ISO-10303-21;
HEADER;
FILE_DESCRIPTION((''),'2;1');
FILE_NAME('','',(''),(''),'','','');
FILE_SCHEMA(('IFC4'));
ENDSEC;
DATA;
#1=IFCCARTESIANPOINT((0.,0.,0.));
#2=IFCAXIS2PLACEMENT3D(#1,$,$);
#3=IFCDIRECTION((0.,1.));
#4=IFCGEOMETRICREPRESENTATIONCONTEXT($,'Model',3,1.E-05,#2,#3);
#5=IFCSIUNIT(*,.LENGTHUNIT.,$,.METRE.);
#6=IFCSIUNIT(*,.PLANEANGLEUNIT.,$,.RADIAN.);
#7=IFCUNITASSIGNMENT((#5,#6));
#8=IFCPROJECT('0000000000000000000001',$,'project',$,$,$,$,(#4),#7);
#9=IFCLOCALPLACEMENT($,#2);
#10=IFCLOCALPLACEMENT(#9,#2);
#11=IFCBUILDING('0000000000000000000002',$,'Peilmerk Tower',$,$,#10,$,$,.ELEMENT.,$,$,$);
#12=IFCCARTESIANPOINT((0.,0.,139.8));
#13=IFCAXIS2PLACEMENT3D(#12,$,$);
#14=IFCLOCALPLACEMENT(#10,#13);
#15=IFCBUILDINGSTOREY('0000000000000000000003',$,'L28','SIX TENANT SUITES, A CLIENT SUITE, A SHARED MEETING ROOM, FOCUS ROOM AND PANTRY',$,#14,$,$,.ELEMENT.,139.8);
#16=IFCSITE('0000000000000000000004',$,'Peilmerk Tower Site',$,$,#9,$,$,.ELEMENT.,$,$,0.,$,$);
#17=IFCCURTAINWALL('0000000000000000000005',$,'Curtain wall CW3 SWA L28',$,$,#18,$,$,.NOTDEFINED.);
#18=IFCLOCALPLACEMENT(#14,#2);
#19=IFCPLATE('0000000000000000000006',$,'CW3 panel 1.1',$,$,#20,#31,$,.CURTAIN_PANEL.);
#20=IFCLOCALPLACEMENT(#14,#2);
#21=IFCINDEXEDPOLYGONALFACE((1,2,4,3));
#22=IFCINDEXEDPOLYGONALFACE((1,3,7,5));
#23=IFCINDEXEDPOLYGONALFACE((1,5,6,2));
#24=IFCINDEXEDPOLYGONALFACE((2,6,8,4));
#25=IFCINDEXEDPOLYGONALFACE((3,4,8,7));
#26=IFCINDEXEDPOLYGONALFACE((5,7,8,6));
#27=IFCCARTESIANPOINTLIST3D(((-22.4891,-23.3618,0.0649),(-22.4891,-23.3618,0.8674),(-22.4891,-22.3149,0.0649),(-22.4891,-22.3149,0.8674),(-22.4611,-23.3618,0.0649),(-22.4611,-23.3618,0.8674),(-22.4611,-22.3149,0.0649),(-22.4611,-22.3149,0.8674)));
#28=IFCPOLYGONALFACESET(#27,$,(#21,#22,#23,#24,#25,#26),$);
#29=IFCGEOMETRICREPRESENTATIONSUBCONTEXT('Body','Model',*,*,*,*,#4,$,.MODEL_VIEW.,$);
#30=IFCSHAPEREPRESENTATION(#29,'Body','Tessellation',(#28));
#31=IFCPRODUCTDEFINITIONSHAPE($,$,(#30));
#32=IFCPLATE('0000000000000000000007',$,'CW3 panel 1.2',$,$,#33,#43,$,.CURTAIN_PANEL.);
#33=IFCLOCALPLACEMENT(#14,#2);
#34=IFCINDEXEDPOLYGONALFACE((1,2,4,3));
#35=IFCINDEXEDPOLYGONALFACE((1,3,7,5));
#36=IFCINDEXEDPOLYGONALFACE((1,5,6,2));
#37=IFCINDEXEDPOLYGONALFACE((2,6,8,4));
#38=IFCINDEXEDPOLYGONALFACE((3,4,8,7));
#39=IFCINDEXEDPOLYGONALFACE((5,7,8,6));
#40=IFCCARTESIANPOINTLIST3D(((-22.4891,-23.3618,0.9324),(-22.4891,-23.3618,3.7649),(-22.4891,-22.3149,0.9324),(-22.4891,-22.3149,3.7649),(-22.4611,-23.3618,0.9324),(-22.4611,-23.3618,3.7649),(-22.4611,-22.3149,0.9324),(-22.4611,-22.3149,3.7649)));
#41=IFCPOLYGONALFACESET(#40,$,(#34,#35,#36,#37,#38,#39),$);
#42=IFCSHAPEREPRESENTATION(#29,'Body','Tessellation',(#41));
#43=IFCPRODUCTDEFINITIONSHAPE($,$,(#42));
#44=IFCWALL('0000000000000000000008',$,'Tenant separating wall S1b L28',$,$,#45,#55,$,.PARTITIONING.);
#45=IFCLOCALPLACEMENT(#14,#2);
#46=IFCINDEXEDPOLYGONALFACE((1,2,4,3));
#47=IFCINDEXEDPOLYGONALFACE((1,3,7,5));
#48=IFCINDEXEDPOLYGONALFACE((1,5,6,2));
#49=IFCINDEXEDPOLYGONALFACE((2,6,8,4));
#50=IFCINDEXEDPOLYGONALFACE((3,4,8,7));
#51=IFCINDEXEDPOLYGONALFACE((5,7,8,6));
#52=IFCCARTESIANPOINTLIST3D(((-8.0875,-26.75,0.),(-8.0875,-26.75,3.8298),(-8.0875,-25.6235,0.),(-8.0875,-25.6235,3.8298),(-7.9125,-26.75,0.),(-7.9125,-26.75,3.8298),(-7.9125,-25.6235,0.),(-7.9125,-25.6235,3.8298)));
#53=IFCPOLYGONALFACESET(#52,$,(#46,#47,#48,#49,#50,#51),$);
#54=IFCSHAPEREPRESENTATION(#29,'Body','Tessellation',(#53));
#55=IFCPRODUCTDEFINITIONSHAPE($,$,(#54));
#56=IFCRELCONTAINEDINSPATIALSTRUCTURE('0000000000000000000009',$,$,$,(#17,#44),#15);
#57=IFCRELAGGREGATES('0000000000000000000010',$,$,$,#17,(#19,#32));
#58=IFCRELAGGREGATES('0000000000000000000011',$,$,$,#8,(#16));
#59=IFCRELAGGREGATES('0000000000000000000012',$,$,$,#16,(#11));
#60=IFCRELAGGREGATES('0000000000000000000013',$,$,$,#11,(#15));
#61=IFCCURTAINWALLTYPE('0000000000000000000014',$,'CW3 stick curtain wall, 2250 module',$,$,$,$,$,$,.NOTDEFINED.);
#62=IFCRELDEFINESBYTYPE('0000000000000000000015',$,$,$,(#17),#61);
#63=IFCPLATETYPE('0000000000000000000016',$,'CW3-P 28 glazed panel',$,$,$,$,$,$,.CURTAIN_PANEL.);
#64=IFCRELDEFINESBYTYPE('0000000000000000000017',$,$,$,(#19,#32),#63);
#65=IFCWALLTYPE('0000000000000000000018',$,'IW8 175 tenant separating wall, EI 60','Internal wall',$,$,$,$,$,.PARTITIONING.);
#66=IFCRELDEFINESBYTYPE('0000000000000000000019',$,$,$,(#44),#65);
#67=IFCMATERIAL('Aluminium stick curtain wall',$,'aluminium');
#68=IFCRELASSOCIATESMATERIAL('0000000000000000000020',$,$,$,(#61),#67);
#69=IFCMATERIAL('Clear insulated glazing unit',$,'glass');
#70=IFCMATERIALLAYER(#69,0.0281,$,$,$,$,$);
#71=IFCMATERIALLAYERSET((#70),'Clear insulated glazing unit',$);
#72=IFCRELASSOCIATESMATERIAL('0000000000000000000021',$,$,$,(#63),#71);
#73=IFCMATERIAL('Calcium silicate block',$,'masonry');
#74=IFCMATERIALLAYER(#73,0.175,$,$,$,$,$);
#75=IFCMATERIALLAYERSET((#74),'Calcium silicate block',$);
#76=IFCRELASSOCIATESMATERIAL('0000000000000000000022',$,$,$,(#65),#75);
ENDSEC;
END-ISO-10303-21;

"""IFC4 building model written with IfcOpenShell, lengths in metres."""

from ifc_helpers import new_model, si_unit, direction, frame, frame_2d, origin, origin_2d, place, context, subcontext, project, spatial, rectangle, extrude, material, layer, layer_set, type_object, element, aggregate, save


model = new_model("IFC4")

# Units and contexts
model_context = context("Model", 3, precision=1e-05, world=origin(), true_north=direction((0.0, 1.0)))
body_context = subcontext(model_context, "Body", "Model", "MODEL_VIEW")
ifc_project = project(units=[si_unit("LENGTHUNIT", "METRE"), si_unit("PLANEANGLEUNIT", "RADIAN")], contexts=[model_context])

# Site, building, storey
site_placement = place(None, origin())
site = spatial("IfcSite", under=ifc_project, at=site_placement, Name="Peilmerk Tower Site", CompositionType="ELEMENT", RefElevation=0.0)
building_placement = place(site_placement, origin())
building = spatial("IfcBuilding", under=site, at=building_placement, Name="Peilmerk Tower", CompositionType="ELEMENT")
storey_placement = place(building_placement, frame((0.0, 0.0, 139.8)))
storey = spatial("IfcBuildingStorey", under=building, at=storey_placement, Name="L28", Description="SIX TENANT SUITES, A CLIENT SUITE, A SHARED MEETING ROOM, FOCUS ROOM AND PANTRY", CompositionType="ELEMENT", Elevation=139.8)

# Curtain wall, plates
ifc_material_1 = material(Name="Aluminium stick curtain wall", Category="aluminium")
curtain_wall_type = type_object("IfcCurtainWallType", Name="CW3 stick curtain wall, 2250 module", PredefinedType="NOTDEFINED", material=ifc_material_1)
curtain_wall_placement = place(storey_placement, origin())
curtain_wall = element("IfcCurtainWall", 1, at=curtain_wall_placement, inside=storey, type_object=curtain_wall_type, Name="Curtain wall CW3 SWA L28", PredefinedType="NOTDEFINED")
ifc_material_2 = material(Name="Clear insulated glazing unit", Category="glass")
ifc_layer_1 = layer(ifc_material_2, 0.0281)
ifc_layer_set_1 = layer_set([ifc_layer_1], Name="Clear insulated glazing unit")
plate_type = type_object("IfcPlateType", Name="CW3-P 28 glazed panel", PredefinedType="CURTAIN_PANEL", material=ifc_layer_set_1)
plate_1_placement = place(storey_placement, frame((-22.4751, -22.8384, 0.0649), z_axis=(0.0, 0.0, 1.0), x_axis=(0.0, -1.0, 0.0)))
plate_1 = element("IfcPlate", 2, at=plate_1_placement, type_object=plate_type, Name="CW3 panel 1.1", PredefinedType="CURTAIN_PANEL", context=body_context, shape_type="SweptSolid", body=[
    extrude(rectangle(XDim=1.0469, YDim=0.0281, at=origin_2d()), origin(), (0.0, 0.0, 1.0), 0.8025),
])
plate_2_placement = place(storey_placement, frame((-22.4751, -22.8384, 0.9324), z_axis=(0.0, 0.0, 1.0), x_axis=(0.0, -1.0, 0.0)))
plate_2 = element("IfcPlate", 3, at=plate_2_placement, type_object=plate_type, Name="CW3 panel 1.2", PredefinedType="CURTAIN_PANEL", context=body_context, shape_type="SweptSolid", body=[
    extrude(rectangle(XDim=1.0469, YDim=0.0281, at=origin_2d()), origin(), (0.0, 0.0, 1.0), 2.8325),
])
aggregate(curtain_wall, [plate_1, plate_2])

# Wall
ifc_material_3 = material(Name="Calcium silicate block", Category="masonry")
ifc_layer_2 = layer(ifc_material_3, 0.175)
ifc_layer_set_2 = layer_set([ifc_layer_2], Name="Calcium silicate block")
wall_type = type_object("IfcWallType", Name="IW8 175 tenant separating wall, EI 60", Description="Internal wall", PredefinedType="PARTITIONING", material=ifc_layer_set_2)
wall_placement = place(storey_placement, frame((-8.0, -25.6235, 0.0), z_axis=(0.0, 0.0, 1.0), x_axis=(0.0, -1.0, 0.0)))
element("IfcWall", 4, at=wall_placement, inside=storey, type_object=wall_type, Name="Tenant separating wall S1b L28", PredefinedType="PARTITIONING", context=body_context, shape_type="SweptSolid", body=[
    extrude(rectangle(XDim=1.1265, YDim=0.175, at=frame_2d((0.5632, 0.0))), origin(), (0.0, 0.0, 1.0), 3.8298),
])

save(model, "model.ifc")
